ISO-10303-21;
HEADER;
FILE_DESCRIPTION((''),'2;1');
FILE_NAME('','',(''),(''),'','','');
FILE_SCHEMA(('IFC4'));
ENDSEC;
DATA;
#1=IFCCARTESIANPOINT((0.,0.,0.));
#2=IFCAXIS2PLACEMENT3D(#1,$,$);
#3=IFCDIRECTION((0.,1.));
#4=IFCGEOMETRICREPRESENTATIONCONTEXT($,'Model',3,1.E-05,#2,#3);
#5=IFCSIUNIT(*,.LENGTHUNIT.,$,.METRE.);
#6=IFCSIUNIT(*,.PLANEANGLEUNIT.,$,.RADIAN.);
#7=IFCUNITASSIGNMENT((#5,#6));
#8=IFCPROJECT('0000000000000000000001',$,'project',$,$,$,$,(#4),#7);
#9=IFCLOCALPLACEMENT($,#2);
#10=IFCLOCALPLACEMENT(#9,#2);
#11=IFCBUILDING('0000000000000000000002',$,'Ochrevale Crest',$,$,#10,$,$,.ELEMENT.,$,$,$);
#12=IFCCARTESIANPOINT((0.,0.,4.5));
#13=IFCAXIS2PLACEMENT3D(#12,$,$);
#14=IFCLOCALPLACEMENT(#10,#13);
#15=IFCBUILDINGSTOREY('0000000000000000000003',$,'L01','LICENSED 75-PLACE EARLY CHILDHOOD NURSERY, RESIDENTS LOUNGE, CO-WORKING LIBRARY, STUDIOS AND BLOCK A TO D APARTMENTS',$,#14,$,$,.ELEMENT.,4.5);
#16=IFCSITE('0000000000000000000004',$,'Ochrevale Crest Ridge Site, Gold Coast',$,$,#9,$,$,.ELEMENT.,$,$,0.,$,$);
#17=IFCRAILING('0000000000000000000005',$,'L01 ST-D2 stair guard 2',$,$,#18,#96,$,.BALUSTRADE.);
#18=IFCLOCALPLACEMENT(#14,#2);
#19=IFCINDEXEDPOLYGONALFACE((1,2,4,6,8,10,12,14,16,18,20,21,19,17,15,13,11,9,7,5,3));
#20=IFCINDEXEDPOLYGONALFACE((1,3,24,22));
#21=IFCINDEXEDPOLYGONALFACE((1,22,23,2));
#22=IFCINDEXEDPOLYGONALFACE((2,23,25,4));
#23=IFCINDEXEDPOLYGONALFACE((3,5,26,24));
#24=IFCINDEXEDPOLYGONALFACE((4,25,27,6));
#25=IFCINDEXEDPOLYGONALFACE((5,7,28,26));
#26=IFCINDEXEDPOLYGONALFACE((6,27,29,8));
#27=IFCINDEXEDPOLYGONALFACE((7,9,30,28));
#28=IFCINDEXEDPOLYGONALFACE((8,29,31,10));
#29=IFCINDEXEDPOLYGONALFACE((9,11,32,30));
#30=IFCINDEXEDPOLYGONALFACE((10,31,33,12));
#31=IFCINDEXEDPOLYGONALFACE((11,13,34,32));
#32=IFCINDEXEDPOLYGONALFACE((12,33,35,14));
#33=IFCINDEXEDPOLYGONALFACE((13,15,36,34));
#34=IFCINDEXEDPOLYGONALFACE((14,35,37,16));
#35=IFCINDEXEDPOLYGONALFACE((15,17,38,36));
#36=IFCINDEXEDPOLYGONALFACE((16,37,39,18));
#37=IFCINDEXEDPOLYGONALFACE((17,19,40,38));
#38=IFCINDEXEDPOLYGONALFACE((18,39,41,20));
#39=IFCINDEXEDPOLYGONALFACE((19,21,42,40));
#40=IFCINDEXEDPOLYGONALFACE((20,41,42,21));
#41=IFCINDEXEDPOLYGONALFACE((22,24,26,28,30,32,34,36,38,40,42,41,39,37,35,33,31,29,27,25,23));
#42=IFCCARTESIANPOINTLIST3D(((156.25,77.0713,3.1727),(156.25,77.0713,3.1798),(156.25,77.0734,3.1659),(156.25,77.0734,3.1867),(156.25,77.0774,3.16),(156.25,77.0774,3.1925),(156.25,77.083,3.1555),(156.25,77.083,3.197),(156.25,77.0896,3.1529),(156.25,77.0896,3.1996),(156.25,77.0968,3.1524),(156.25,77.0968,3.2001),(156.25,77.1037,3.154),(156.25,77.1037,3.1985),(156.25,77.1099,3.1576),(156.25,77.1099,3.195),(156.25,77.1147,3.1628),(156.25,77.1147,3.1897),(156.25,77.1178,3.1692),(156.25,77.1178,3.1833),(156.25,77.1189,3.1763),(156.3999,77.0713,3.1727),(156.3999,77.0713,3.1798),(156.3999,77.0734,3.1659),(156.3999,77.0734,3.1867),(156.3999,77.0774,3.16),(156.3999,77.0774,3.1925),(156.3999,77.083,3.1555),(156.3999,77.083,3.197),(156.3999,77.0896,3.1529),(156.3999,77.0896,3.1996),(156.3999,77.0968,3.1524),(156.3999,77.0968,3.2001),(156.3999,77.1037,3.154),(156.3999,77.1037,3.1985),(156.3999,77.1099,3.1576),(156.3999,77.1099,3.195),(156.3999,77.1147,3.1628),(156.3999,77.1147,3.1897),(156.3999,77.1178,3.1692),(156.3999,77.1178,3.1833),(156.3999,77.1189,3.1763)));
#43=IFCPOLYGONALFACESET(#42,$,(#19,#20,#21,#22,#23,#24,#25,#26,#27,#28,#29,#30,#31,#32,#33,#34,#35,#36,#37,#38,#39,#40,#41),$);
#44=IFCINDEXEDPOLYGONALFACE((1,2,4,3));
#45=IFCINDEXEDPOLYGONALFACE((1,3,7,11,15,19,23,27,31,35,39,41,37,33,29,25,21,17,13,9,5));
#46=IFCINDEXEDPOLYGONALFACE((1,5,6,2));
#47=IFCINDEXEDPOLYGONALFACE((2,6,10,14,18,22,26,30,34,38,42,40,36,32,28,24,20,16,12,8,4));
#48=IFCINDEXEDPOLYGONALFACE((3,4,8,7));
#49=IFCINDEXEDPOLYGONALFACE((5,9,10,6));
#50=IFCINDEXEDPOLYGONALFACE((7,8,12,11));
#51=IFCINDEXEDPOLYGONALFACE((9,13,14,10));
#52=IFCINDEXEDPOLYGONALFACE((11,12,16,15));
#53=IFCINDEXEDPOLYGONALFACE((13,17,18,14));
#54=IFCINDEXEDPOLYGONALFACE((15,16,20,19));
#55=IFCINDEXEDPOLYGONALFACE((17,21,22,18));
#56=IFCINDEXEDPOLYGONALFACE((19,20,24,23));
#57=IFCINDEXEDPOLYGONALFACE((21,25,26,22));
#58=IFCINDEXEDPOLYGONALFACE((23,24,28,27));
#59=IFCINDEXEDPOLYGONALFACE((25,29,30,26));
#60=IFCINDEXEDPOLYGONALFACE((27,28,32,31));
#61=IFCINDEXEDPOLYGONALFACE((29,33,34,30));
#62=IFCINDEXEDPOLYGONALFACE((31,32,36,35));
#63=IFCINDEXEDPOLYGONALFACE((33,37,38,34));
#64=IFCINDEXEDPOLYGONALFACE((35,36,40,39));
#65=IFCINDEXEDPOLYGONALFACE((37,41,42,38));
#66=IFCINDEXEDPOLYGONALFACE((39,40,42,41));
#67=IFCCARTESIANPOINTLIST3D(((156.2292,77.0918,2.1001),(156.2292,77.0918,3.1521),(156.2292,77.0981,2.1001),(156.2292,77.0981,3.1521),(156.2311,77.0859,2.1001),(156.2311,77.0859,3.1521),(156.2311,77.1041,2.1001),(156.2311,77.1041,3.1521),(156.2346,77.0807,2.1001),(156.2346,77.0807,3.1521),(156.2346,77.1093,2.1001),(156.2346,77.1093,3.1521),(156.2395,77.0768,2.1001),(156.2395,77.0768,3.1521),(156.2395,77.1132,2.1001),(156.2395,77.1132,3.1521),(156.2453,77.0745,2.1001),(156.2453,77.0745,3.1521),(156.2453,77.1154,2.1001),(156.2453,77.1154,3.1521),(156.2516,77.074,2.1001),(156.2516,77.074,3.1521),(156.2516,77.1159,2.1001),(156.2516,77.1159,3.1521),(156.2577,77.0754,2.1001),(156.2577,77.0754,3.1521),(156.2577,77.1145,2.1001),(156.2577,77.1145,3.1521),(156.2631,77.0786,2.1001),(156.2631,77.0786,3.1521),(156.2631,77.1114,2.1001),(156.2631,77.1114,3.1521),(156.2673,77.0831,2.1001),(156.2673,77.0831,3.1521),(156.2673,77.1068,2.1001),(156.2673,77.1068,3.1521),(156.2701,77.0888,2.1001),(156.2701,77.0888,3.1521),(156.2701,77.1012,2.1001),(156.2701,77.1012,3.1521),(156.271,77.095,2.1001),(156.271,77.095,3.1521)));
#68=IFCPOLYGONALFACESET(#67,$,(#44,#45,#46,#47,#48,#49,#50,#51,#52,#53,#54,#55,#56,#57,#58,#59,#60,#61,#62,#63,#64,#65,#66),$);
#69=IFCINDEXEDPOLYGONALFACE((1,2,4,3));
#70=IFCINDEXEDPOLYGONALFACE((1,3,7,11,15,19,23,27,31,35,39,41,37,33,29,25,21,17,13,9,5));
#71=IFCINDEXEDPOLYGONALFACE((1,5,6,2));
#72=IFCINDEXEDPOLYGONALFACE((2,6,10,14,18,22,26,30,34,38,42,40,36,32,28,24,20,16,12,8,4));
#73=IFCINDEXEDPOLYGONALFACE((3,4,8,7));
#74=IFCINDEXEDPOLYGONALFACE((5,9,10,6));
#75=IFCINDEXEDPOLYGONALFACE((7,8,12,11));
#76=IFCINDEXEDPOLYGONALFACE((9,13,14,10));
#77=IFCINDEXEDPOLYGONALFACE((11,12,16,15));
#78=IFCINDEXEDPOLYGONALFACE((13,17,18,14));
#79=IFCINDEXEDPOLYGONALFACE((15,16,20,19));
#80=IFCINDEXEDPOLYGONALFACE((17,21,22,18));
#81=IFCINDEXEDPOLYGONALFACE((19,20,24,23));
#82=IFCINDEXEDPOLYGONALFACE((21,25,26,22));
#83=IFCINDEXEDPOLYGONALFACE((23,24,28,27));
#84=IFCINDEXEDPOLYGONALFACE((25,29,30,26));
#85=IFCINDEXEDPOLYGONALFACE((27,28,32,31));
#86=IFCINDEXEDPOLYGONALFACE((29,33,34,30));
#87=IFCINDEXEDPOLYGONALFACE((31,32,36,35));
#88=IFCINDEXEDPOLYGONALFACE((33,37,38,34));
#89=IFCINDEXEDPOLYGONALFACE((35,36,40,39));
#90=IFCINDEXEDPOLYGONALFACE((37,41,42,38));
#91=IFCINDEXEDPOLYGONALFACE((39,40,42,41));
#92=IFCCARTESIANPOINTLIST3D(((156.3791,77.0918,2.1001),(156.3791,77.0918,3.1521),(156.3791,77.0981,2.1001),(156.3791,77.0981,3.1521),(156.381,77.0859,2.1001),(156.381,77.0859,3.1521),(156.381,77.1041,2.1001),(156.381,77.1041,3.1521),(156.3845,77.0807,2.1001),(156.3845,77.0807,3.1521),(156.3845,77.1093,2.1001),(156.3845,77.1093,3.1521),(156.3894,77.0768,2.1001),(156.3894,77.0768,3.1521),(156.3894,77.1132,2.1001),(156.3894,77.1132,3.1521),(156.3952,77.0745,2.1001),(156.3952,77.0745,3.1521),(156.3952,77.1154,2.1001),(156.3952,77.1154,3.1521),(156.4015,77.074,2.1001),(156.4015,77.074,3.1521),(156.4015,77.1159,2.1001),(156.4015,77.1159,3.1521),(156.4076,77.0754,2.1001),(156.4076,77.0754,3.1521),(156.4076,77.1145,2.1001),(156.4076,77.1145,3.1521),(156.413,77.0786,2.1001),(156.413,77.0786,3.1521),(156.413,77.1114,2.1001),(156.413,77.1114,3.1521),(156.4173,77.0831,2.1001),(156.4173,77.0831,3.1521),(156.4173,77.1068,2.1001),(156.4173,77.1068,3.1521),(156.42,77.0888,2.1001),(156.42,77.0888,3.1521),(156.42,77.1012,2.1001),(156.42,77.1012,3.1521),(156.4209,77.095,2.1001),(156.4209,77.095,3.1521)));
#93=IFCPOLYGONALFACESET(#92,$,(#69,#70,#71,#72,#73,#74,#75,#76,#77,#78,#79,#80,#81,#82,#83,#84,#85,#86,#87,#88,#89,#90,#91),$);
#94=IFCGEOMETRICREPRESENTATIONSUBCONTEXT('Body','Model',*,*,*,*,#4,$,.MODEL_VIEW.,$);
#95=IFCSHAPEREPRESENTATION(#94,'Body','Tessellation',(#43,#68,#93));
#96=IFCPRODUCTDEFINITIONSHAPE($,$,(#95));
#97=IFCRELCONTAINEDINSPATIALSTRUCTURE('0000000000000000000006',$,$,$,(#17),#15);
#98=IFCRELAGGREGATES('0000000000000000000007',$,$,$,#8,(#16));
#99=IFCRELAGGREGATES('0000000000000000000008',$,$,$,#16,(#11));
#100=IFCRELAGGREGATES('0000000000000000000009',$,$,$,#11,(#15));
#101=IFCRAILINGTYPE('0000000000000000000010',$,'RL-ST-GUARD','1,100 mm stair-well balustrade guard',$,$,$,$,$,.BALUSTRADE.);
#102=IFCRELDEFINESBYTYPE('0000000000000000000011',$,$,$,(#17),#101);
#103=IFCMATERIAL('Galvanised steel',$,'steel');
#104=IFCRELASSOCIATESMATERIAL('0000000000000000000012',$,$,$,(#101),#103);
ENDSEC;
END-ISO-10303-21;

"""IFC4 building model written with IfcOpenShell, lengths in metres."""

from ifc_helpers import new_model, si_unit, direction, frame, origin, origin_2d, place, context, subcontext, project, spatial, circle, extrude, material, type_object, element, save


model = new_model("IFC4")

# Units and contexts
model_context = context("Model", 3, precision=1e-05, world=origin(), true_north=direction((0.0, 1.0)))
body_context = subcontext(model_context, "Body", "Model", "MODEL_VIEW")
ifc_project = project(units=[si_unit("LENGTHUNIT", "METRE"), si_unit("PLANEANGLEUNIT", "RADIAN")], contexts=[model_context])

# Site, building, storey
site_placement = place(None, origin())
site = spatial("IfcSite", under=ifc_project, at=site_placement, Name="Ochrevale Crest Ridge Site, Gold Coast", CompositionType="ELEMENT", RefElevation=0.0)
building_placement = place(site_placement, origin())
building = spatial("IfcBuilding", under=site, at=building_placement, Name="Ochrevale Crest", CompositionType="ELEMENT")
storey_placement = place(building_placement, frame((0.0, 0.0, 4.5)))
storey = spatial("IfcBuildingStorey", under=building, at=storey_placement, Name="L01", Description="LICENSED 75-PLACE EARLY CHILDHOOD NURSERY, RESIDENTS LOUNGE, CO-WORKING LIBRARY, STUDIOS AND BLOCK A TO D APARTMENTS", CompositionType="ELEMENT", Elevation=4.5)

# Railing
ifc_material_1 = material(Name="Galvanised steel", Category="steel")
railing_type_1 = type_object("IfcRailingType", Name="RL-ST-GUARD", Description="1,100 mm stair-well balustrade guard", PredefinedType="BALUSTRADE", material=ifc_material_1)
railing_1_placement = place(storey_placement, frame((156.25, 77.095, 2.1001)))
element("IfcRailing", 1, at=railing_1_placement, inside=storey, type_object=railing_type_1, Name="L01 ST-D2 stair guard 2", PredefinedType="BALUSTRADE", context=body_context, shape_type="SweptSolid", body=[
    extrude(circle(Radius=0.0239, at=origin_2d()), frame((0.0, 0.0, 1.0762), z_axis=(1.0, 0.0, 0.0), x_axis=(0.0, 1.0, 0.0)), (0.0, 0.0, 1.0), 0.1499),
    extrude(circle(Radius=0.021, at=origin_2d()), origin(), (0.0, 0.0, 1.0), 1.052),
    extrude(circle(Radius=0.021, at=origin_2d()), frame((0.1499, 0.0, 0.0)), (0.0, 0.0, 1.0), 1.052),
])

save(model, "model.ifc")
